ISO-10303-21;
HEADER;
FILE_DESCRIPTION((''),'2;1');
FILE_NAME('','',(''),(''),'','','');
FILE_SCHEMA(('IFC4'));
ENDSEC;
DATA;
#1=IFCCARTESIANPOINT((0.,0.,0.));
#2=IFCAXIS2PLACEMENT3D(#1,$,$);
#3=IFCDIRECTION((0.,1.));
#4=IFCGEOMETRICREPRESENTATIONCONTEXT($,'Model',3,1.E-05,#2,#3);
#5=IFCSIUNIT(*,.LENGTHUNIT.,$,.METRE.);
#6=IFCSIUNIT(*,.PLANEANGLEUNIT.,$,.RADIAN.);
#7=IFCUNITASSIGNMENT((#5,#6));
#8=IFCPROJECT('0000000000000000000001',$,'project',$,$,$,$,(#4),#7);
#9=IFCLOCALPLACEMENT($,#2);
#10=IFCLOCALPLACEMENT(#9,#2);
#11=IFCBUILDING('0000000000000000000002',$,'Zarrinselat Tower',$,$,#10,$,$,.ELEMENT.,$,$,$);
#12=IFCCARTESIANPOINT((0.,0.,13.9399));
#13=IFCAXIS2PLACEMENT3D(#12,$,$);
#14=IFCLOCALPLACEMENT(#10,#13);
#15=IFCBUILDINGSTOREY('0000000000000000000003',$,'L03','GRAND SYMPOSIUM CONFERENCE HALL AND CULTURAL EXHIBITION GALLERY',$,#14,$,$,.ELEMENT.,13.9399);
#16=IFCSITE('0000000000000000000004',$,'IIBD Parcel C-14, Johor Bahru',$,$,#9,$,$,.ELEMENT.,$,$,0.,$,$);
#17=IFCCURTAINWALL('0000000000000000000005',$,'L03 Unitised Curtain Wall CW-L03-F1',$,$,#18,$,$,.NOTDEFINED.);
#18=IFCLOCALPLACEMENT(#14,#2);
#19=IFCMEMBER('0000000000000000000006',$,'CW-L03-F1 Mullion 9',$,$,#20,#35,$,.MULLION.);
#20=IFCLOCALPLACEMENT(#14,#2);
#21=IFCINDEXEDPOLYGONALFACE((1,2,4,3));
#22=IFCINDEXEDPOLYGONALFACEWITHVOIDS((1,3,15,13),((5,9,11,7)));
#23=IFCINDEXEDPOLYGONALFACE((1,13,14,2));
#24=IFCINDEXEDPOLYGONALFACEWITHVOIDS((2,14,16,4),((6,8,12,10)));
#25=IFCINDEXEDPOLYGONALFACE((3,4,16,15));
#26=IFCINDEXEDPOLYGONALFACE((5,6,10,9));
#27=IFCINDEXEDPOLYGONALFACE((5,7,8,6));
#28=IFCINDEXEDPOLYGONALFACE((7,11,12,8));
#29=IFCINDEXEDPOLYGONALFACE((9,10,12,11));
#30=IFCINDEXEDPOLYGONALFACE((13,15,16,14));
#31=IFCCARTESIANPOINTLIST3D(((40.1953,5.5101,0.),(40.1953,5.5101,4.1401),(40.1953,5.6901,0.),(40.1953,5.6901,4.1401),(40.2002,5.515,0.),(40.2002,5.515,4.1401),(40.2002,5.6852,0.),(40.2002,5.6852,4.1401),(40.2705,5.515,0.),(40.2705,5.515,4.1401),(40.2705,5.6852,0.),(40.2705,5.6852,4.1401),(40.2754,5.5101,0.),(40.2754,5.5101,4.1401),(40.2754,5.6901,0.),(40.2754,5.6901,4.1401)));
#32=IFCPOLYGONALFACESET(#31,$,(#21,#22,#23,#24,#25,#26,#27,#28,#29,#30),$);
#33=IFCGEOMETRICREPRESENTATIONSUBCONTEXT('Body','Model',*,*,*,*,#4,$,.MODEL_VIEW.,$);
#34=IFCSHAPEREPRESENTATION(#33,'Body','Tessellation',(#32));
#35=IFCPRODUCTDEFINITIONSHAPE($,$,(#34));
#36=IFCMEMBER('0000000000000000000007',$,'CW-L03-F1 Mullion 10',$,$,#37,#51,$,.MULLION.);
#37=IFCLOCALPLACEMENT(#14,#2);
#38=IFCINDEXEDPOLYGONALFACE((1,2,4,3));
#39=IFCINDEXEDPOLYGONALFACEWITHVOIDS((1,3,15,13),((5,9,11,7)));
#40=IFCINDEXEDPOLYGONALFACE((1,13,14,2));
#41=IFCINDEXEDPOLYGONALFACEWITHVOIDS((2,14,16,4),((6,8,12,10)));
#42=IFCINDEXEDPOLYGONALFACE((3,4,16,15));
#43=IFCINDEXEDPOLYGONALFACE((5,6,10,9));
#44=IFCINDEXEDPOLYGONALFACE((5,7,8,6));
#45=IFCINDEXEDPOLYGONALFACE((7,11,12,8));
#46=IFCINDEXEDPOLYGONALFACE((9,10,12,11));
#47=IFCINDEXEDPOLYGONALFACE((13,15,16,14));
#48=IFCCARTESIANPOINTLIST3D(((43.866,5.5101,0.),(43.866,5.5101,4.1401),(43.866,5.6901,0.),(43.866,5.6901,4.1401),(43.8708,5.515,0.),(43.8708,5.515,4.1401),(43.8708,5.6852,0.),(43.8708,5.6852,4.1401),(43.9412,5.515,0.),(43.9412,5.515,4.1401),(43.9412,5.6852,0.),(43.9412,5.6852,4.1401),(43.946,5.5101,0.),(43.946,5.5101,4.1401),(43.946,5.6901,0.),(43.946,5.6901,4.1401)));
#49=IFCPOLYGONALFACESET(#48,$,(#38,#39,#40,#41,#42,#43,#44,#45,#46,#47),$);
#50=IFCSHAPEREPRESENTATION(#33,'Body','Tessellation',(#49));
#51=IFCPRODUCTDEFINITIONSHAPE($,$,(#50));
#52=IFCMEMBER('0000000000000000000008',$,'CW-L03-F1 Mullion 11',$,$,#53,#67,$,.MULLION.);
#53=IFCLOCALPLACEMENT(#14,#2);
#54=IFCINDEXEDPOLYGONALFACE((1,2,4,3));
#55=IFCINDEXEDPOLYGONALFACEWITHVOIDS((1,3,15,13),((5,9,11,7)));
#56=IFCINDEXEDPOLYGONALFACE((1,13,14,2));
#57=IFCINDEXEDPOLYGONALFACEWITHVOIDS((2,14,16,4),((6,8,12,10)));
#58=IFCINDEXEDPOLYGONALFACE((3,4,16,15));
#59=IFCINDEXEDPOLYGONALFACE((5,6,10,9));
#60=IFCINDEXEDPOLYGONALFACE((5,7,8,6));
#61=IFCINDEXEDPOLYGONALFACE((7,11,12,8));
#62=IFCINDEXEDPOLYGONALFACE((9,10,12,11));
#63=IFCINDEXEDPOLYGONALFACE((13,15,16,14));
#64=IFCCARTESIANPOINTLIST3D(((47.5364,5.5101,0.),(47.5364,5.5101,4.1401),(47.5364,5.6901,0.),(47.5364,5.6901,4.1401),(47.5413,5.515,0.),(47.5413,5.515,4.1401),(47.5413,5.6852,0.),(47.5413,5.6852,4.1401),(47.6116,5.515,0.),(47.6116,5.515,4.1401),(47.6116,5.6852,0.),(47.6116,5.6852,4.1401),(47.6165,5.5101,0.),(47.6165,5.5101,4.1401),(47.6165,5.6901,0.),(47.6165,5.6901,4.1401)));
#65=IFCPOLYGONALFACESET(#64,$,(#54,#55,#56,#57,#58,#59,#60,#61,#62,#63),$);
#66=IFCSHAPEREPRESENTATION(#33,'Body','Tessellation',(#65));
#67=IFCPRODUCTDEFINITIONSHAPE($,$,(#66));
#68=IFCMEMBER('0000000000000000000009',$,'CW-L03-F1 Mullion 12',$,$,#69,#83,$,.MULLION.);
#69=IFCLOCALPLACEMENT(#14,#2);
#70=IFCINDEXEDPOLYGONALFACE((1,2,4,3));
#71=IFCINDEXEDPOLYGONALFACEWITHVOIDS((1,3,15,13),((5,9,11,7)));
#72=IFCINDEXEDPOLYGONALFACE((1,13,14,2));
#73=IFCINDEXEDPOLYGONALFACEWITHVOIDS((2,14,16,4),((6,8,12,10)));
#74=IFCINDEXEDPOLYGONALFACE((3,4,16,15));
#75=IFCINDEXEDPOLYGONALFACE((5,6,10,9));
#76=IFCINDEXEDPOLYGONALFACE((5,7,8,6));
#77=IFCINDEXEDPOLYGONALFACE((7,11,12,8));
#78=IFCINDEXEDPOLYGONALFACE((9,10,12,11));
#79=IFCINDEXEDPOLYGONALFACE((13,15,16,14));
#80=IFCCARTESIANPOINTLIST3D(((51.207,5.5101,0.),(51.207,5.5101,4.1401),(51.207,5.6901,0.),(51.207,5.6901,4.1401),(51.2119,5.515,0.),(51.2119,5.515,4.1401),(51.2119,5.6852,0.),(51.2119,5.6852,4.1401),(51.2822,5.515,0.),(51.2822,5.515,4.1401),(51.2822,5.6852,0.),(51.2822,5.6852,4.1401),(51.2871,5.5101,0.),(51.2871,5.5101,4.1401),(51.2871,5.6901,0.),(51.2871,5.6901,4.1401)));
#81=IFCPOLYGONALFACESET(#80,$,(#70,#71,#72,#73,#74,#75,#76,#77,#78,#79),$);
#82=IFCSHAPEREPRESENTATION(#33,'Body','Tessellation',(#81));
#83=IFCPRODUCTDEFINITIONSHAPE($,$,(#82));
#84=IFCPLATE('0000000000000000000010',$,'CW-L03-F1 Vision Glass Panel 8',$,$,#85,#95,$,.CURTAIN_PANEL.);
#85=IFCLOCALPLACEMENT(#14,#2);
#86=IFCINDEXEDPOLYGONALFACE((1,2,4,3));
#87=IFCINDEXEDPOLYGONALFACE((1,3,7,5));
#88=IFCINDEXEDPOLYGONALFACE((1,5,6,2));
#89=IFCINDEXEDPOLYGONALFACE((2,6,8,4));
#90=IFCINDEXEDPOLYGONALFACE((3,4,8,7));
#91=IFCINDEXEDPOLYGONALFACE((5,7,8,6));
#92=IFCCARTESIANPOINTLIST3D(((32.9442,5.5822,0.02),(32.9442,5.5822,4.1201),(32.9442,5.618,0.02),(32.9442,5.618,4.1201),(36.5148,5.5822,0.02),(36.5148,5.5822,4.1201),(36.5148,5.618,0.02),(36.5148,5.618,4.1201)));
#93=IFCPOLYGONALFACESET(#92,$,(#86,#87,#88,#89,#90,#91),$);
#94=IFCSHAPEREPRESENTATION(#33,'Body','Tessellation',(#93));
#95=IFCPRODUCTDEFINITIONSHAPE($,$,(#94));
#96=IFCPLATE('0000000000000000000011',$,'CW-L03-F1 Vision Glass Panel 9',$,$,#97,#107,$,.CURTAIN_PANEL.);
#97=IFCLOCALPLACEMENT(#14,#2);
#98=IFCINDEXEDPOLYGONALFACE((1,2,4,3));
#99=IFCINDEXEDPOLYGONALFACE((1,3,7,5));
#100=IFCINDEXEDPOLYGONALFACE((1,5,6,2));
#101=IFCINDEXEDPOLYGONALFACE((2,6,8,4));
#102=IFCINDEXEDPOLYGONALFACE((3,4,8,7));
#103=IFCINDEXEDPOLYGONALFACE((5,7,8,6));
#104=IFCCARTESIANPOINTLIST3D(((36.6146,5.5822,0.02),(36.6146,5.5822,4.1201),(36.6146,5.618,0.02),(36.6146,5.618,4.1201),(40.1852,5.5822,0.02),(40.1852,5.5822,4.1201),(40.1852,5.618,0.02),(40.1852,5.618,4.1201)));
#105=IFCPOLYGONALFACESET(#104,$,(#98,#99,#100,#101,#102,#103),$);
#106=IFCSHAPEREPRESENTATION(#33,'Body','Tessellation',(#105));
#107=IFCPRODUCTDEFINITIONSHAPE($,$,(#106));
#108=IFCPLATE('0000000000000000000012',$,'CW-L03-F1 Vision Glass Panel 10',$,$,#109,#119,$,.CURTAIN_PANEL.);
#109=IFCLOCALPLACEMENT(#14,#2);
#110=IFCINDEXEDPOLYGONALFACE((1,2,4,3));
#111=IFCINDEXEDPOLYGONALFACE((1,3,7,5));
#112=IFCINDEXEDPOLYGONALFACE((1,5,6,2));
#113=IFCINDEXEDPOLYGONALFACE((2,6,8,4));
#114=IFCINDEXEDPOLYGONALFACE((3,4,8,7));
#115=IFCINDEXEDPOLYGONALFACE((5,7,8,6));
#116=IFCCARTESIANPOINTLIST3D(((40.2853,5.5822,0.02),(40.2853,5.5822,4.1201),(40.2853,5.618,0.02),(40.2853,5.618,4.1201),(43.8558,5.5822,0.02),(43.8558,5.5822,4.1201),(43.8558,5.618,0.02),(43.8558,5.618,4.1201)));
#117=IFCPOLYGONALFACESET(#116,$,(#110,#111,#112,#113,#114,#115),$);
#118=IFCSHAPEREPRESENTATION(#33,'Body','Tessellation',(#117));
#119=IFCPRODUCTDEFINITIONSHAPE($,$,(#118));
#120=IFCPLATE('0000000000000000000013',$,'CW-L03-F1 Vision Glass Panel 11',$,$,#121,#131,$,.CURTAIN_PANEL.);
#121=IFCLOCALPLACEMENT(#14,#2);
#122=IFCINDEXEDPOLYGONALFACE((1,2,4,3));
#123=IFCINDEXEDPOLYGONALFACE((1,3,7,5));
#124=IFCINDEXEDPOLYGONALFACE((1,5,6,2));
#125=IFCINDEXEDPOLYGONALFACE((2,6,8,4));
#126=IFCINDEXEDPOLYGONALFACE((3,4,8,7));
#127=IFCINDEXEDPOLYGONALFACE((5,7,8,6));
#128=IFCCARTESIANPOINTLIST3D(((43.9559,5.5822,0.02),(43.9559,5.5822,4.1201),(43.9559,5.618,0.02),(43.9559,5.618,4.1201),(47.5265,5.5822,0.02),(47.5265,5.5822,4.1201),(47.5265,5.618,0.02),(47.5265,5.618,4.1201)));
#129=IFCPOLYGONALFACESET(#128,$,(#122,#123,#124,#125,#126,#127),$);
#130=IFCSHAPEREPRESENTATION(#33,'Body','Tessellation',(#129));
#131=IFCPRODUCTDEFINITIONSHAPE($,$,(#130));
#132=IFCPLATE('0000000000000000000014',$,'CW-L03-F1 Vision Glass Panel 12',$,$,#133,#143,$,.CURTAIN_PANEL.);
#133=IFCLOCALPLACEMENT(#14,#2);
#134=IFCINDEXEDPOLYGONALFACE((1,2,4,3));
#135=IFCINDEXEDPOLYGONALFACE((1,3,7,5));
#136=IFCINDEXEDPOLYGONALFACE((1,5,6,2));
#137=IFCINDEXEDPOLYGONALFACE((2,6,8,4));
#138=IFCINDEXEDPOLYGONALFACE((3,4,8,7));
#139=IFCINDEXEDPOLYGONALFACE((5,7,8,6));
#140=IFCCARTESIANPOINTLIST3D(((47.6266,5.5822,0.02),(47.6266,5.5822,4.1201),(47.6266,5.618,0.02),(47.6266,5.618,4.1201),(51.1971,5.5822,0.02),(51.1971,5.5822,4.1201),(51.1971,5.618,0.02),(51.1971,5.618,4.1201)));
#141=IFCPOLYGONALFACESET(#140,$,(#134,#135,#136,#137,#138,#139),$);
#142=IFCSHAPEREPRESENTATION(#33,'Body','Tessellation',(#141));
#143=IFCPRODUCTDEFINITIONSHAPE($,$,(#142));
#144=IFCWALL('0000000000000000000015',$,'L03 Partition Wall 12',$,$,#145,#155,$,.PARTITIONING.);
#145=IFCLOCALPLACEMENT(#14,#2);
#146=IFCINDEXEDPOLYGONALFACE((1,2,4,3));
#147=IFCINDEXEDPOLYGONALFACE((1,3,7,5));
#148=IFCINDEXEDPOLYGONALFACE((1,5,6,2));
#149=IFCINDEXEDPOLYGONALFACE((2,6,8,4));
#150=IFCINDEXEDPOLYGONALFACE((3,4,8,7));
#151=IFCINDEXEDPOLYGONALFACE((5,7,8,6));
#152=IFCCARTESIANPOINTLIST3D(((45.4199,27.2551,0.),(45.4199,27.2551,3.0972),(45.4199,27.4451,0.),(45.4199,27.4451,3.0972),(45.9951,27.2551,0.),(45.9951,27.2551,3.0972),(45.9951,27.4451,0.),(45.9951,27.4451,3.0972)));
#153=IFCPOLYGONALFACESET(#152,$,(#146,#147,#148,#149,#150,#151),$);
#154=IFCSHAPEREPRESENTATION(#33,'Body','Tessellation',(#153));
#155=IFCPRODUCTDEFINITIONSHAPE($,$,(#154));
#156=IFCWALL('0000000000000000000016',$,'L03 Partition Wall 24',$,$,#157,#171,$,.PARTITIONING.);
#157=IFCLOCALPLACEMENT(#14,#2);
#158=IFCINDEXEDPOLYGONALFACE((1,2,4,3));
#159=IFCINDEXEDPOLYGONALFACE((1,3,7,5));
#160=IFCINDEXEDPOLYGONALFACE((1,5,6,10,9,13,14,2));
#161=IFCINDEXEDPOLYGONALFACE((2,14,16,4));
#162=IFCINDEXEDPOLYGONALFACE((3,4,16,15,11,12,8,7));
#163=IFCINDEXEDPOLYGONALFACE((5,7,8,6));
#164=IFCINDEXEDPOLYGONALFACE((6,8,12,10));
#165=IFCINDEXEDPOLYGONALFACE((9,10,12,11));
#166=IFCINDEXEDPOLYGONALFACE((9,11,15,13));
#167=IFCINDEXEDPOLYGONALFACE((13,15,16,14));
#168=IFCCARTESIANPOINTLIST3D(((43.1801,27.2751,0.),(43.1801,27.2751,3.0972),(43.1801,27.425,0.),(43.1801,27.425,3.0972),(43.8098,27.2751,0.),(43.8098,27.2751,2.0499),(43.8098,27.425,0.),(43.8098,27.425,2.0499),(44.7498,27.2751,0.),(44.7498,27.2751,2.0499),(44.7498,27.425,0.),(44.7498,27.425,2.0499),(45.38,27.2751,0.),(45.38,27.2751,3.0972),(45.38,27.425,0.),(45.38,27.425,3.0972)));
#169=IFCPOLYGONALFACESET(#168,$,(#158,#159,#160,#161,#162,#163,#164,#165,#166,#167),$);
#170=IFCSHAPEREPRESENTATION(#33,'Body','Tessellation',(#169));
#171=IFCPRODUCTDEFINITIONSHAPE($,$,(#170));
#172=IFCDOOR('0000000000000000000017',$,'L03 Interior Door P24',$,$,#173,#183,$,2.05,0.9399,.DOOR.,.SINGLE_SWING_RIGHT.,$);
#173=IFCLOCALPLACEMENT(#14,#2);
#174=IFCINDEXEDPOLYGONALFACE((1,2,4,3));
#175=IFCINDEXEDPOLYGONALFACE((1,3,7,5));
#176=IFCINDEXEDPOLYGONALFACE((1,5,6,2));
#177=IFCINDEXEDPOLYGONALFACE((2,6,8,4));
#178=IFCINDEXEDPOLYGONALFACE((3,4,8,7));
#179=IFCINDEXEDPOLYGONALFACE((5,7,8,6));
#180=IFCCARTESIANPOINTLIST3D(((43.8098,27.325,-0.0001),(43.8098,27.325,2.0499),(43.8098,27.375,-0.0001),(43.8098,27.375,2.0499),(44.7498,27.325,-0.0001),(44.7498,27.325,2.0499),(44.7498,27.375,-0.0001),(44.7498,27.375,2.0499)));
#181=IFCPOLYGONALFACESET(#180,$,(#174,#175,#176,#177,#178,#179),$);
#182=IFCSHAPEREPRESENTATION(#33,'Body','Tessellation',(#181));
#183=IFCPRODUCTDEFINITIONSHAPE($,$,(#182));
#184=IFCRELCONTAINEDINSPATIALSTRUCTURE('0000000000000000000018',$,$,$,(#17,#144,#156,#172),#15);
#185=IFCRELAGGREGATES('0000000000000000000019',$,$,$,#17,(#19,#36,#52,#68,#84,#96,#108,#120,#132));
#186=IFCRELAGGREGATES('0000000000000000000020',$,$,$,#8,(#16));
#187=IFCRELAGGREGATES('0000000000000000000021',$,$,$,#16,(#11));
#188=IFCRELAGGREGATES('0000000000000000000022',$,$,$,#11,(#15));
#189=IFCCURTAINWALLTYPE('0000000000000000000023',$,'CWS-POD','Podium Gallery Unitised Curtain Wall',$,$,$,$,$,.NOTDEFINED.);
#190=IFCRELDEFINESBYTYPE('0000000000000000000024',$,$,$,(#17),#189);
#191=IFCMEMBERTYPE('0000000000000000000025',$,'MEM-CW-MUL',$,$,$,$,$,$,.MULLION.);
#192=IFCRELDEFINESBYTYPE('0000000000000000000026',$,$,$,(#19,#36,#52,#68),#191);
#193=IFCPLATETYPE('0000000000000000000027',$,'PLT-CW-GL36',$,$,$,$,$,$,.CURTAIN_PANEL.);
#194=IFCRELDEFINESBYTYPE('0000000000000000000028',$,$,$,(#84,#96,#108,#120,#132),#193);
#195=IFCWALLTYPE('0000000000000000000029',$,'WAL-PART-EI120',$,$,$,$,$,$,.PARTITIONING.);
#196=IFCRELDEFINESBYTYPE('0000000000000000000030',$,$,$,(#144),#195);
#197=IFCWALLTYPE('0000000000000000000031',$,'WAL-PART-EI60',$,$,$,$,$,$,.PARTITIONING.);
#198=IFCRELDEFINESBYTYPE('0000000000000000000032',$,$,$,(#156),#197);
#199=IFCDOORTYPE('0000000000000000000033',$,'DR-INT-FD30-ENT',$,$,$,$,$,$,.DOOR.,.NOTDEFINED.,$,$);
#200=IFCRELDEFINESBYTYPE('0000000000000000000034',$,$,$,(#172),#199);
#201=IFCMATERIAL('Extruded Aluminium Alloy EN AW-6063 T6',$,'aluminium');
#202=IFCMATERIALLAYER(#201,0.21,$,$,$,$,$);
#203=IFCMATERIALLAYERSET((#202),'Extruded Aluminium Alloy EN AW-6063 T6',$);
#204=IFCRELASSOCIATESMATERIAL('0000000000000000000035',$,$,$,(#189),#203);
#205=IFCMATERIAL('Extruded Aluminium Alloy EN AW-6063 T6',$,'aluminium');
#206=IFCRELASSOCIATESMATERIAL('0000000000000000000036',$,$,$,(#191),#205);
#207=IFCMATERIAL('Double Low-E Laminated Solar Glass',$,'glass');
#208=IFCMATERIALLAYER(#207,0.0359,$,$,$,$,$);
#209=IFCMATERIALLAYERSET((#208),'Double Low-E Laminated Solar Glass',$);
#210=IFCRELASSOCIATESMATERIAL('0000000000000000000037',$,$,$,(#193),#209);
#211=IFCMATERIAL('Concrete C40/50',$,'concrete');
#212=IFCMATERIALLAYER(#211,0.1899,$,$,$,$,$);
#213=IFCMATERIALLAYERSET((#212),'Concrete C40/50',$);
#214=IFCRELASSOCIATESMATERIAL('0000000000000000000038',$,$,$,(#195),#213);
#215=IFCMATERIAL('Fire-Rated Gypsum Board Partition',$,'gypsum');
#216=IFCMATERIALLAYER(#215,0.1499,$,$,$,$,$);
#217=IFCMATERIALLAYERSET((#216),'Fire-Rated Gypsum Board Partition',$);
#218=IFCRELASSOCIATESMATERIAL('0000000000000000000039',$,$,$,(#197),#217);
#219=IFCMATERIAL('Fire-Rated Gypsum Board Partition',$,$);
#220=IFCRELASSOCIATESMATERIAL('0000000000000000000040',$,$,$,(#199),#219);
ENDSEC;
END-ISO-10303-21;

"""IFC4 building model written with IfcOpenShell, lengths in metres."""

from ifc_helpers import new_model, si_unit, direction, frame, frame_2d, origin, origin_2d, place, context, subcontext, project, spatial, rectangle, hollow_rectangle, extrude, material, layer, layer_set, material_profile, profile_set, type_object, element, fill, aggregate, save


model = new_model("IFC4")

# Units and contexts
model_context = context("Model", 3, precision=1e-05, world=origin(), true_north=direction((0.0, 1.0)))
body_context = subcontext(model_context, "Body", "Model", "MODEL_VIEW")
ifc_project = project(units=[si_unit("LENGTHUNIT", "METRE"), si_unit("PLANEANGLEUNIT", "RADIAN")], contexts=[model_context])

# Site, building, storey
site_placement = place(None, origin())
site = spatial("IfcSite", under=ifc_project, at=site_placement, Name="IIBD Parcel C-14, Johor Bahru", CompositionType="ELEMENT", RefElevation=0.0)
building_placement = place(site_placement, origin())
building = spatial("IfcBuilding", under=site, at=building_placement, Name="Zarrinselat Tower", CompositionType="ELEMENT")
storey_placement = place(building_placement, frame((0.0, 0.0, 13.9399)))
storey = spatial("IfcBuildingStorey", under=building, at=storey_placement, Name="L03", Description="GRAND SYMPOSIUM CONFERENCE HALL AND CULTURAL EXHIBITION GALLERY", CompositionType="ELEMENT", Elevation=13.9399)

# Curtain wall, members, plates
ifc_material_1 = material(Name="Extruded Aluminium Alloy EN AW-6063 T6", Category="aluminium")
ifc_layer_1 = layer(ifc_material_1, 0.21)
ifc_layer_set_1 = layer_set([ifc_layer_1], Name="Extruded Aluminium Alloy EN AW-6063 T6")
curtain_wall_type = type_object("IfcCurtainWallType", Name="CWS-POD", Description="Podium Gallery Unitised Curtain Wall", PredefinedType="NOTDEFINED", material=ifc_layer_set_1)
curtain_wall_placement = place(storey_placement, origin())
curtain_wall = element("IfcCurtainWall", 1, at=curtain_wall_placement, inside=storey, type_object=curtain_wall_type, Name="L03 Unitised Curtain Wall CW-L03-F1", PredefinedType="NOTDEFINED")
ifc_material_2 = material(Name="Extruded Aluminium Alloy EN AW-6063 T6", Category="aluminium")
ifc_material_profile_1 = material_profile(ifc_material_2, hollow_rectangle(XDim=0.0801, YDim=0.1799, WallThickness=0.0049, at=origin_2d()), Name="RHS 180x80x5")
ifc_profile_set_1 = profile_set([ifc_material_profile_1], Name="Extruded Aluminium Alloy EN AW-6063 T6")
member_type = type_object("IfcMemberType", Name="MEM-CW-MUL", PredefinedType="MULLION", material=ifc_profile_set_1)
member_1_placement = place(storey_placement, frame((40.2354, 5.6001, 0.0), z_axis=(0.0, 0.0, 1.0), x_axis=(1.0, 0.0, 0.0)))
member_1 = element("IfcMember", 2, at=member_1_placement, type_object=member_type, Name="CW-L03-F1 Mullion 9", PredefinedType="MULLION", context=body_context, shape_type="SweptSolid", body=[
    extrude(hollow_rectangle(XDim=0.0801, YDim=0.1799, WallThickness=0.0049, at=origin_2d()), origin(), (0.0, 0.0, 1.0), 4.1401),
])
member_2_placement = place(storey_placement, frame((43.906, 5.6001, 0.0), z_axis=(0.0, 0.0, 1.0), x_axis=(1.0, 0.0, 0.0)))
member_2 = element("IfcMember", 3, at=member_2_placement, type_object=member_type, Name="CW-L03-F1 Mullion 10", PredefinedType="MULLION", context=body_context, shape_type="SweptSolid", body=[
    extrude(hollow_rectangle(XDim=0.0801, YDim=0.1799, WallThickness=0.0049, at=origin_2d()), origin(), (0.0, 0.0, 1.0), 4.1401),
])
member_3_placement = place(storey_placement, frame((47.5764, 5.6001, 0.0), z_axis=(0.0, 0.0, 1.0), x_axis=(1.0, 0.0, 0.0)))
member_3 = element("IfcMember", 4, at=member_3_placement, type_object=member_type, Name="CW-L03-F1 Mullion 11", PredefinedType="MULLION", context=body_context, shape_type="SweptSolid", body=[
    extrude(hollow_rectangle(XDim=0.0801, YDim=0.1799, WallThickness=0.0049, at=origin_2d()), origin(), (0.0, 0.0, 1.0), 4.1401),
])
member_4_placement = place(storey_placement, frame((51.2471, 5.6001, 0.0), z_axis=(0.0, 0.0, 1.0), x_axis=(1.0, 0.0, 0.0)))
member_4 = element("IfcMember", 5, at=member_4_placement, type_object=member_type, Name="CW-L03-F1 Mullion 12", PredefinedType="MULLION", context=body_context, shape_type="SweptSolid", body=[
    extrude(hollow_rectangle(XDim=0.0801, YDim=0.1799, WallThickness=0.0049, at=origin_2d()), origin(), (0.0, 0.0, 1.0), 4.1401),
])
ifc_material_3 = material(Name="Double Low-E Laminated Solar Glass", Category="glass")
ifc_layer_2 = layer(ifc_material_3, 0.0359)
ifc_layer_set_2 = layer_set([ifc_layer_2], Name="Double Low-E Laminated Solar Glass")
plate_type = type_object("IfcPlateType", Name="PLT-CW-GL36", PredefinedType="CURTAIN_PANEL", material=ifc_layer_set_2)
plate_1_placement = place(storey_placement, frame((34.7295, 5.6001, 0.02), z_axis=(0.0, 0.0, 1.0), x_axis=(1.0, 0.0, 0.0)))
plate_1 = element("IfcPlate", 6, at=plate_1_placement, type_object=plate_type, Name="CW-L03-F1 Vision Glass Panel 8", PredefinedType="CURTAIN_PANEL", context=body_context, shape_type="SweptSolid", body=[
    extrude(rectangle(XDim=3.5706, YDim=0.0359, at=origin_2d()), origin(), (0.0, 0.0, 1.0), 4.1001),
])
plate_2_placement = place(storey_placement, frame((38.3999, 5.6001, 0.02), z_axis=(0.0, 0.0, 1.0), x_axis=(1.0, 0.0, 0.0)))
plate_2 = element("IfcPlate", 7, at=plate_2_placement, type_object=plate_type, Name="CW-L03-F1 Vision Glass Panel 9", PredefinedType="CURTAIN_PANEL", context=body_context, shape_type="SweptSolid", body=[
    extrude(rectangle(XDim=3.5706, YDim=0.0359, at=origin_2d()), origin(), (0.0, 0.0, 1.0), 4.1001),
])
plate_3_placement = place(storey_placement, frame((42.0706, 5.6001, 0.02), z_axis=(0.0, 0.0, 1.0), x_axis=(1.0, 0.0, 0.0)))
plate_3 = element("IfcPlate", 8, at=plate_3_placement, type_object=plate_type, Name="CW-L03-F1 Vision Glass Panel 10", PredefinedType="CURTAIN_PANEL", context=body_context, shape_type="SweptSolid", body=[
    extrude(rectangle(XDim=3.5706, YDim=0.0359, at=origin_2d()), origin(), (0.0, 0.0, 1.0), 4.1001),
])
plate_4_placement = place(storey_placement, frame((45.7412, 5.6001, 0.02), z_axis=(0.0, 0.0, 1.0), x_axis=(1.0, 0.0, 0.0)))
plate_4 = element("IfcPlate", 9, at=plate_4_placement, type_object=plate_type, Name="CW-L03-F1 Vision Glass Panel 11", PredefinedType="CURTAIN_PANEL", context=body_context, shape_type="SweptSolid", body=[
    extrude(rectangle(XDim=3.5706, YDim=0.0359, at=origin_2d()), origin(), (0.0, 0.0, 1.0), 4.1001),
])
plate_5_placement = place(storey_placement, frame((49.4119, 5.6001, 0.02), z_axis=(0.0, 0.0, 1.0), x_axis=(1.0, 0.0, 0.0)))
plate_5 = element("IfcPlate", 10, at=plate_5_placement, type_object=plate_type, Name="CW-L03-F1 Vision Glass Panel 12", PredefinedType="CURTAIN_PANEL", context=body_context, shape_type="SweptSolid", body=[
    extrude(rectangle(XDim=3.5706, YDim=0.0359, at=origin_2d()), origin(), (0.0, 0.0, 1.0), 4.1001),
])
aggregate(curtain_wall, [member_1, member_2, member_3, member_4, plate_1, plate_2, plate_3, plate_4, plate_5])

# Wall
ifc_material_4 = material(Name="Concrete C40/50", Category="concrete")
ifc_layer_3 = layer(ifc_material_4, 0.1899)
ifc_layer_set_3 = layer_set([ifc_layer_3], Name="Concrete C40/50")
wall_type_1 = type_object("IfcWallType", Name="WAL-PART-EI120", PredefinedType="PARTITIONING", material=ifc_layer_set_3)
wall_1_placement = place(storey_placement, frame((45.4199, 27.3501, 0.0), z_axis=(0.0, 0.0, 1.0), x_axis=(1.0, 0.0, 0.0)))
element("IfcWall", 11, at=wall_1_placement, inside=storey, type_object=wall_type_1, Name="L03 Partition Wall 12", PredefinedType="PARTITIONING", context=body_context, shape_type="SweptSolid", body=[
    extrude(rectangle(XDim=0.5752, YDim=0.1899, at=frame_2d((0.2876, 0.0))), origin(), (0.0, 0.0, 1.0), 3.0972),
])

# Wall, opening, door
ifc_material_5 = material(Name="Fire-Rated Gypsum Board Partition", Category="gypsum")
ifc_layer_4 = layer(ifc_material_5, 0.1499)
ifc_layer_set_4 = layer_set([ifc_layer_4], Name="Fire-Rated Gypsum Board Partition")
wall_type_2 = type_object("IfcWallType", Name="WAL-PART-EI60", PredefinedType="PARTITIONING", material=ifc_layer_set_4)
wall_2_placement = place(storey_placement, frame((43.1799, 27.3501, 0.0), z_axis=(0.0, 0.0, 1.0), x_axis=(1.0, 0.0, 0.0)))
wall_2 = element("IfcWall", 12, at=wall_2_placement, inside=storey, type_object=wall_type_2, Name="L03 Partition Wall 24", PredefinedType="PARTITIONING", context=body_context, shape_type="SweptSolid", body=[
    extrude(rectangle(XDim=2.2, YDim=0.1499, at=frame_2d((1.1001, 0.0))), origin(), (0.0, 0.0, 1.0), 3.0972),
])
opening_placement = place(wall_2_placement, frame((0.6299, 0.0, 0.0)))
opening = element("IfcOpeningElement", 13, at=opening_placement, cuts=wall_2, PredefinedType="OPENING", context=body_context, shape_type="SweptSolid", body=[
    extrude(rectangle(XDim=0.9399, YDim=2.05, at=frame_2d((0.47, 1.0249))), frame((0.0, 0.085, 0.0), z_axis=(0.0, -1.0, 0.0), x_axis=(1.0, 0.0, 0.0)), (0.0, 0.0, 1.0), 0.1699),
])
ifc_material_6 = material(Name="Fire-Rated Gypsum Board Partition")
door_type = type_object("IfcDoorType", Name="DR-INT-FD30-ENT", OperationType="NOTDEFINED", PredefinedType="DOOR", material=ifc_material_6)
door_placement = place(opening_placement, origin())
door = element("IfcDoor", 14, at=door_placement, inside=storey, type_object=door_type, Name="L03 Interior Door P24", OperationType="SINGLE_SWING_RIGHT", OverallHeight=2.05, OverallWidth=0.9399, PredefinedType="DOOR", context=body_context, shape_type="SweptSolid", body=[
    extrude(rectangle(XDim=0.9399, YDim=2.05, at=frame_2d((0.47, 1.0249))), frame((0.0, 0.0249, 0.0), z_axis=(0.0, -1.0, 0.0), x_axis=(1.0, 0.0, 0.0)), (0.0, 0.0, 1.0), 0.05),
])
fill(opening, door)

save(model, "model.ifc")
